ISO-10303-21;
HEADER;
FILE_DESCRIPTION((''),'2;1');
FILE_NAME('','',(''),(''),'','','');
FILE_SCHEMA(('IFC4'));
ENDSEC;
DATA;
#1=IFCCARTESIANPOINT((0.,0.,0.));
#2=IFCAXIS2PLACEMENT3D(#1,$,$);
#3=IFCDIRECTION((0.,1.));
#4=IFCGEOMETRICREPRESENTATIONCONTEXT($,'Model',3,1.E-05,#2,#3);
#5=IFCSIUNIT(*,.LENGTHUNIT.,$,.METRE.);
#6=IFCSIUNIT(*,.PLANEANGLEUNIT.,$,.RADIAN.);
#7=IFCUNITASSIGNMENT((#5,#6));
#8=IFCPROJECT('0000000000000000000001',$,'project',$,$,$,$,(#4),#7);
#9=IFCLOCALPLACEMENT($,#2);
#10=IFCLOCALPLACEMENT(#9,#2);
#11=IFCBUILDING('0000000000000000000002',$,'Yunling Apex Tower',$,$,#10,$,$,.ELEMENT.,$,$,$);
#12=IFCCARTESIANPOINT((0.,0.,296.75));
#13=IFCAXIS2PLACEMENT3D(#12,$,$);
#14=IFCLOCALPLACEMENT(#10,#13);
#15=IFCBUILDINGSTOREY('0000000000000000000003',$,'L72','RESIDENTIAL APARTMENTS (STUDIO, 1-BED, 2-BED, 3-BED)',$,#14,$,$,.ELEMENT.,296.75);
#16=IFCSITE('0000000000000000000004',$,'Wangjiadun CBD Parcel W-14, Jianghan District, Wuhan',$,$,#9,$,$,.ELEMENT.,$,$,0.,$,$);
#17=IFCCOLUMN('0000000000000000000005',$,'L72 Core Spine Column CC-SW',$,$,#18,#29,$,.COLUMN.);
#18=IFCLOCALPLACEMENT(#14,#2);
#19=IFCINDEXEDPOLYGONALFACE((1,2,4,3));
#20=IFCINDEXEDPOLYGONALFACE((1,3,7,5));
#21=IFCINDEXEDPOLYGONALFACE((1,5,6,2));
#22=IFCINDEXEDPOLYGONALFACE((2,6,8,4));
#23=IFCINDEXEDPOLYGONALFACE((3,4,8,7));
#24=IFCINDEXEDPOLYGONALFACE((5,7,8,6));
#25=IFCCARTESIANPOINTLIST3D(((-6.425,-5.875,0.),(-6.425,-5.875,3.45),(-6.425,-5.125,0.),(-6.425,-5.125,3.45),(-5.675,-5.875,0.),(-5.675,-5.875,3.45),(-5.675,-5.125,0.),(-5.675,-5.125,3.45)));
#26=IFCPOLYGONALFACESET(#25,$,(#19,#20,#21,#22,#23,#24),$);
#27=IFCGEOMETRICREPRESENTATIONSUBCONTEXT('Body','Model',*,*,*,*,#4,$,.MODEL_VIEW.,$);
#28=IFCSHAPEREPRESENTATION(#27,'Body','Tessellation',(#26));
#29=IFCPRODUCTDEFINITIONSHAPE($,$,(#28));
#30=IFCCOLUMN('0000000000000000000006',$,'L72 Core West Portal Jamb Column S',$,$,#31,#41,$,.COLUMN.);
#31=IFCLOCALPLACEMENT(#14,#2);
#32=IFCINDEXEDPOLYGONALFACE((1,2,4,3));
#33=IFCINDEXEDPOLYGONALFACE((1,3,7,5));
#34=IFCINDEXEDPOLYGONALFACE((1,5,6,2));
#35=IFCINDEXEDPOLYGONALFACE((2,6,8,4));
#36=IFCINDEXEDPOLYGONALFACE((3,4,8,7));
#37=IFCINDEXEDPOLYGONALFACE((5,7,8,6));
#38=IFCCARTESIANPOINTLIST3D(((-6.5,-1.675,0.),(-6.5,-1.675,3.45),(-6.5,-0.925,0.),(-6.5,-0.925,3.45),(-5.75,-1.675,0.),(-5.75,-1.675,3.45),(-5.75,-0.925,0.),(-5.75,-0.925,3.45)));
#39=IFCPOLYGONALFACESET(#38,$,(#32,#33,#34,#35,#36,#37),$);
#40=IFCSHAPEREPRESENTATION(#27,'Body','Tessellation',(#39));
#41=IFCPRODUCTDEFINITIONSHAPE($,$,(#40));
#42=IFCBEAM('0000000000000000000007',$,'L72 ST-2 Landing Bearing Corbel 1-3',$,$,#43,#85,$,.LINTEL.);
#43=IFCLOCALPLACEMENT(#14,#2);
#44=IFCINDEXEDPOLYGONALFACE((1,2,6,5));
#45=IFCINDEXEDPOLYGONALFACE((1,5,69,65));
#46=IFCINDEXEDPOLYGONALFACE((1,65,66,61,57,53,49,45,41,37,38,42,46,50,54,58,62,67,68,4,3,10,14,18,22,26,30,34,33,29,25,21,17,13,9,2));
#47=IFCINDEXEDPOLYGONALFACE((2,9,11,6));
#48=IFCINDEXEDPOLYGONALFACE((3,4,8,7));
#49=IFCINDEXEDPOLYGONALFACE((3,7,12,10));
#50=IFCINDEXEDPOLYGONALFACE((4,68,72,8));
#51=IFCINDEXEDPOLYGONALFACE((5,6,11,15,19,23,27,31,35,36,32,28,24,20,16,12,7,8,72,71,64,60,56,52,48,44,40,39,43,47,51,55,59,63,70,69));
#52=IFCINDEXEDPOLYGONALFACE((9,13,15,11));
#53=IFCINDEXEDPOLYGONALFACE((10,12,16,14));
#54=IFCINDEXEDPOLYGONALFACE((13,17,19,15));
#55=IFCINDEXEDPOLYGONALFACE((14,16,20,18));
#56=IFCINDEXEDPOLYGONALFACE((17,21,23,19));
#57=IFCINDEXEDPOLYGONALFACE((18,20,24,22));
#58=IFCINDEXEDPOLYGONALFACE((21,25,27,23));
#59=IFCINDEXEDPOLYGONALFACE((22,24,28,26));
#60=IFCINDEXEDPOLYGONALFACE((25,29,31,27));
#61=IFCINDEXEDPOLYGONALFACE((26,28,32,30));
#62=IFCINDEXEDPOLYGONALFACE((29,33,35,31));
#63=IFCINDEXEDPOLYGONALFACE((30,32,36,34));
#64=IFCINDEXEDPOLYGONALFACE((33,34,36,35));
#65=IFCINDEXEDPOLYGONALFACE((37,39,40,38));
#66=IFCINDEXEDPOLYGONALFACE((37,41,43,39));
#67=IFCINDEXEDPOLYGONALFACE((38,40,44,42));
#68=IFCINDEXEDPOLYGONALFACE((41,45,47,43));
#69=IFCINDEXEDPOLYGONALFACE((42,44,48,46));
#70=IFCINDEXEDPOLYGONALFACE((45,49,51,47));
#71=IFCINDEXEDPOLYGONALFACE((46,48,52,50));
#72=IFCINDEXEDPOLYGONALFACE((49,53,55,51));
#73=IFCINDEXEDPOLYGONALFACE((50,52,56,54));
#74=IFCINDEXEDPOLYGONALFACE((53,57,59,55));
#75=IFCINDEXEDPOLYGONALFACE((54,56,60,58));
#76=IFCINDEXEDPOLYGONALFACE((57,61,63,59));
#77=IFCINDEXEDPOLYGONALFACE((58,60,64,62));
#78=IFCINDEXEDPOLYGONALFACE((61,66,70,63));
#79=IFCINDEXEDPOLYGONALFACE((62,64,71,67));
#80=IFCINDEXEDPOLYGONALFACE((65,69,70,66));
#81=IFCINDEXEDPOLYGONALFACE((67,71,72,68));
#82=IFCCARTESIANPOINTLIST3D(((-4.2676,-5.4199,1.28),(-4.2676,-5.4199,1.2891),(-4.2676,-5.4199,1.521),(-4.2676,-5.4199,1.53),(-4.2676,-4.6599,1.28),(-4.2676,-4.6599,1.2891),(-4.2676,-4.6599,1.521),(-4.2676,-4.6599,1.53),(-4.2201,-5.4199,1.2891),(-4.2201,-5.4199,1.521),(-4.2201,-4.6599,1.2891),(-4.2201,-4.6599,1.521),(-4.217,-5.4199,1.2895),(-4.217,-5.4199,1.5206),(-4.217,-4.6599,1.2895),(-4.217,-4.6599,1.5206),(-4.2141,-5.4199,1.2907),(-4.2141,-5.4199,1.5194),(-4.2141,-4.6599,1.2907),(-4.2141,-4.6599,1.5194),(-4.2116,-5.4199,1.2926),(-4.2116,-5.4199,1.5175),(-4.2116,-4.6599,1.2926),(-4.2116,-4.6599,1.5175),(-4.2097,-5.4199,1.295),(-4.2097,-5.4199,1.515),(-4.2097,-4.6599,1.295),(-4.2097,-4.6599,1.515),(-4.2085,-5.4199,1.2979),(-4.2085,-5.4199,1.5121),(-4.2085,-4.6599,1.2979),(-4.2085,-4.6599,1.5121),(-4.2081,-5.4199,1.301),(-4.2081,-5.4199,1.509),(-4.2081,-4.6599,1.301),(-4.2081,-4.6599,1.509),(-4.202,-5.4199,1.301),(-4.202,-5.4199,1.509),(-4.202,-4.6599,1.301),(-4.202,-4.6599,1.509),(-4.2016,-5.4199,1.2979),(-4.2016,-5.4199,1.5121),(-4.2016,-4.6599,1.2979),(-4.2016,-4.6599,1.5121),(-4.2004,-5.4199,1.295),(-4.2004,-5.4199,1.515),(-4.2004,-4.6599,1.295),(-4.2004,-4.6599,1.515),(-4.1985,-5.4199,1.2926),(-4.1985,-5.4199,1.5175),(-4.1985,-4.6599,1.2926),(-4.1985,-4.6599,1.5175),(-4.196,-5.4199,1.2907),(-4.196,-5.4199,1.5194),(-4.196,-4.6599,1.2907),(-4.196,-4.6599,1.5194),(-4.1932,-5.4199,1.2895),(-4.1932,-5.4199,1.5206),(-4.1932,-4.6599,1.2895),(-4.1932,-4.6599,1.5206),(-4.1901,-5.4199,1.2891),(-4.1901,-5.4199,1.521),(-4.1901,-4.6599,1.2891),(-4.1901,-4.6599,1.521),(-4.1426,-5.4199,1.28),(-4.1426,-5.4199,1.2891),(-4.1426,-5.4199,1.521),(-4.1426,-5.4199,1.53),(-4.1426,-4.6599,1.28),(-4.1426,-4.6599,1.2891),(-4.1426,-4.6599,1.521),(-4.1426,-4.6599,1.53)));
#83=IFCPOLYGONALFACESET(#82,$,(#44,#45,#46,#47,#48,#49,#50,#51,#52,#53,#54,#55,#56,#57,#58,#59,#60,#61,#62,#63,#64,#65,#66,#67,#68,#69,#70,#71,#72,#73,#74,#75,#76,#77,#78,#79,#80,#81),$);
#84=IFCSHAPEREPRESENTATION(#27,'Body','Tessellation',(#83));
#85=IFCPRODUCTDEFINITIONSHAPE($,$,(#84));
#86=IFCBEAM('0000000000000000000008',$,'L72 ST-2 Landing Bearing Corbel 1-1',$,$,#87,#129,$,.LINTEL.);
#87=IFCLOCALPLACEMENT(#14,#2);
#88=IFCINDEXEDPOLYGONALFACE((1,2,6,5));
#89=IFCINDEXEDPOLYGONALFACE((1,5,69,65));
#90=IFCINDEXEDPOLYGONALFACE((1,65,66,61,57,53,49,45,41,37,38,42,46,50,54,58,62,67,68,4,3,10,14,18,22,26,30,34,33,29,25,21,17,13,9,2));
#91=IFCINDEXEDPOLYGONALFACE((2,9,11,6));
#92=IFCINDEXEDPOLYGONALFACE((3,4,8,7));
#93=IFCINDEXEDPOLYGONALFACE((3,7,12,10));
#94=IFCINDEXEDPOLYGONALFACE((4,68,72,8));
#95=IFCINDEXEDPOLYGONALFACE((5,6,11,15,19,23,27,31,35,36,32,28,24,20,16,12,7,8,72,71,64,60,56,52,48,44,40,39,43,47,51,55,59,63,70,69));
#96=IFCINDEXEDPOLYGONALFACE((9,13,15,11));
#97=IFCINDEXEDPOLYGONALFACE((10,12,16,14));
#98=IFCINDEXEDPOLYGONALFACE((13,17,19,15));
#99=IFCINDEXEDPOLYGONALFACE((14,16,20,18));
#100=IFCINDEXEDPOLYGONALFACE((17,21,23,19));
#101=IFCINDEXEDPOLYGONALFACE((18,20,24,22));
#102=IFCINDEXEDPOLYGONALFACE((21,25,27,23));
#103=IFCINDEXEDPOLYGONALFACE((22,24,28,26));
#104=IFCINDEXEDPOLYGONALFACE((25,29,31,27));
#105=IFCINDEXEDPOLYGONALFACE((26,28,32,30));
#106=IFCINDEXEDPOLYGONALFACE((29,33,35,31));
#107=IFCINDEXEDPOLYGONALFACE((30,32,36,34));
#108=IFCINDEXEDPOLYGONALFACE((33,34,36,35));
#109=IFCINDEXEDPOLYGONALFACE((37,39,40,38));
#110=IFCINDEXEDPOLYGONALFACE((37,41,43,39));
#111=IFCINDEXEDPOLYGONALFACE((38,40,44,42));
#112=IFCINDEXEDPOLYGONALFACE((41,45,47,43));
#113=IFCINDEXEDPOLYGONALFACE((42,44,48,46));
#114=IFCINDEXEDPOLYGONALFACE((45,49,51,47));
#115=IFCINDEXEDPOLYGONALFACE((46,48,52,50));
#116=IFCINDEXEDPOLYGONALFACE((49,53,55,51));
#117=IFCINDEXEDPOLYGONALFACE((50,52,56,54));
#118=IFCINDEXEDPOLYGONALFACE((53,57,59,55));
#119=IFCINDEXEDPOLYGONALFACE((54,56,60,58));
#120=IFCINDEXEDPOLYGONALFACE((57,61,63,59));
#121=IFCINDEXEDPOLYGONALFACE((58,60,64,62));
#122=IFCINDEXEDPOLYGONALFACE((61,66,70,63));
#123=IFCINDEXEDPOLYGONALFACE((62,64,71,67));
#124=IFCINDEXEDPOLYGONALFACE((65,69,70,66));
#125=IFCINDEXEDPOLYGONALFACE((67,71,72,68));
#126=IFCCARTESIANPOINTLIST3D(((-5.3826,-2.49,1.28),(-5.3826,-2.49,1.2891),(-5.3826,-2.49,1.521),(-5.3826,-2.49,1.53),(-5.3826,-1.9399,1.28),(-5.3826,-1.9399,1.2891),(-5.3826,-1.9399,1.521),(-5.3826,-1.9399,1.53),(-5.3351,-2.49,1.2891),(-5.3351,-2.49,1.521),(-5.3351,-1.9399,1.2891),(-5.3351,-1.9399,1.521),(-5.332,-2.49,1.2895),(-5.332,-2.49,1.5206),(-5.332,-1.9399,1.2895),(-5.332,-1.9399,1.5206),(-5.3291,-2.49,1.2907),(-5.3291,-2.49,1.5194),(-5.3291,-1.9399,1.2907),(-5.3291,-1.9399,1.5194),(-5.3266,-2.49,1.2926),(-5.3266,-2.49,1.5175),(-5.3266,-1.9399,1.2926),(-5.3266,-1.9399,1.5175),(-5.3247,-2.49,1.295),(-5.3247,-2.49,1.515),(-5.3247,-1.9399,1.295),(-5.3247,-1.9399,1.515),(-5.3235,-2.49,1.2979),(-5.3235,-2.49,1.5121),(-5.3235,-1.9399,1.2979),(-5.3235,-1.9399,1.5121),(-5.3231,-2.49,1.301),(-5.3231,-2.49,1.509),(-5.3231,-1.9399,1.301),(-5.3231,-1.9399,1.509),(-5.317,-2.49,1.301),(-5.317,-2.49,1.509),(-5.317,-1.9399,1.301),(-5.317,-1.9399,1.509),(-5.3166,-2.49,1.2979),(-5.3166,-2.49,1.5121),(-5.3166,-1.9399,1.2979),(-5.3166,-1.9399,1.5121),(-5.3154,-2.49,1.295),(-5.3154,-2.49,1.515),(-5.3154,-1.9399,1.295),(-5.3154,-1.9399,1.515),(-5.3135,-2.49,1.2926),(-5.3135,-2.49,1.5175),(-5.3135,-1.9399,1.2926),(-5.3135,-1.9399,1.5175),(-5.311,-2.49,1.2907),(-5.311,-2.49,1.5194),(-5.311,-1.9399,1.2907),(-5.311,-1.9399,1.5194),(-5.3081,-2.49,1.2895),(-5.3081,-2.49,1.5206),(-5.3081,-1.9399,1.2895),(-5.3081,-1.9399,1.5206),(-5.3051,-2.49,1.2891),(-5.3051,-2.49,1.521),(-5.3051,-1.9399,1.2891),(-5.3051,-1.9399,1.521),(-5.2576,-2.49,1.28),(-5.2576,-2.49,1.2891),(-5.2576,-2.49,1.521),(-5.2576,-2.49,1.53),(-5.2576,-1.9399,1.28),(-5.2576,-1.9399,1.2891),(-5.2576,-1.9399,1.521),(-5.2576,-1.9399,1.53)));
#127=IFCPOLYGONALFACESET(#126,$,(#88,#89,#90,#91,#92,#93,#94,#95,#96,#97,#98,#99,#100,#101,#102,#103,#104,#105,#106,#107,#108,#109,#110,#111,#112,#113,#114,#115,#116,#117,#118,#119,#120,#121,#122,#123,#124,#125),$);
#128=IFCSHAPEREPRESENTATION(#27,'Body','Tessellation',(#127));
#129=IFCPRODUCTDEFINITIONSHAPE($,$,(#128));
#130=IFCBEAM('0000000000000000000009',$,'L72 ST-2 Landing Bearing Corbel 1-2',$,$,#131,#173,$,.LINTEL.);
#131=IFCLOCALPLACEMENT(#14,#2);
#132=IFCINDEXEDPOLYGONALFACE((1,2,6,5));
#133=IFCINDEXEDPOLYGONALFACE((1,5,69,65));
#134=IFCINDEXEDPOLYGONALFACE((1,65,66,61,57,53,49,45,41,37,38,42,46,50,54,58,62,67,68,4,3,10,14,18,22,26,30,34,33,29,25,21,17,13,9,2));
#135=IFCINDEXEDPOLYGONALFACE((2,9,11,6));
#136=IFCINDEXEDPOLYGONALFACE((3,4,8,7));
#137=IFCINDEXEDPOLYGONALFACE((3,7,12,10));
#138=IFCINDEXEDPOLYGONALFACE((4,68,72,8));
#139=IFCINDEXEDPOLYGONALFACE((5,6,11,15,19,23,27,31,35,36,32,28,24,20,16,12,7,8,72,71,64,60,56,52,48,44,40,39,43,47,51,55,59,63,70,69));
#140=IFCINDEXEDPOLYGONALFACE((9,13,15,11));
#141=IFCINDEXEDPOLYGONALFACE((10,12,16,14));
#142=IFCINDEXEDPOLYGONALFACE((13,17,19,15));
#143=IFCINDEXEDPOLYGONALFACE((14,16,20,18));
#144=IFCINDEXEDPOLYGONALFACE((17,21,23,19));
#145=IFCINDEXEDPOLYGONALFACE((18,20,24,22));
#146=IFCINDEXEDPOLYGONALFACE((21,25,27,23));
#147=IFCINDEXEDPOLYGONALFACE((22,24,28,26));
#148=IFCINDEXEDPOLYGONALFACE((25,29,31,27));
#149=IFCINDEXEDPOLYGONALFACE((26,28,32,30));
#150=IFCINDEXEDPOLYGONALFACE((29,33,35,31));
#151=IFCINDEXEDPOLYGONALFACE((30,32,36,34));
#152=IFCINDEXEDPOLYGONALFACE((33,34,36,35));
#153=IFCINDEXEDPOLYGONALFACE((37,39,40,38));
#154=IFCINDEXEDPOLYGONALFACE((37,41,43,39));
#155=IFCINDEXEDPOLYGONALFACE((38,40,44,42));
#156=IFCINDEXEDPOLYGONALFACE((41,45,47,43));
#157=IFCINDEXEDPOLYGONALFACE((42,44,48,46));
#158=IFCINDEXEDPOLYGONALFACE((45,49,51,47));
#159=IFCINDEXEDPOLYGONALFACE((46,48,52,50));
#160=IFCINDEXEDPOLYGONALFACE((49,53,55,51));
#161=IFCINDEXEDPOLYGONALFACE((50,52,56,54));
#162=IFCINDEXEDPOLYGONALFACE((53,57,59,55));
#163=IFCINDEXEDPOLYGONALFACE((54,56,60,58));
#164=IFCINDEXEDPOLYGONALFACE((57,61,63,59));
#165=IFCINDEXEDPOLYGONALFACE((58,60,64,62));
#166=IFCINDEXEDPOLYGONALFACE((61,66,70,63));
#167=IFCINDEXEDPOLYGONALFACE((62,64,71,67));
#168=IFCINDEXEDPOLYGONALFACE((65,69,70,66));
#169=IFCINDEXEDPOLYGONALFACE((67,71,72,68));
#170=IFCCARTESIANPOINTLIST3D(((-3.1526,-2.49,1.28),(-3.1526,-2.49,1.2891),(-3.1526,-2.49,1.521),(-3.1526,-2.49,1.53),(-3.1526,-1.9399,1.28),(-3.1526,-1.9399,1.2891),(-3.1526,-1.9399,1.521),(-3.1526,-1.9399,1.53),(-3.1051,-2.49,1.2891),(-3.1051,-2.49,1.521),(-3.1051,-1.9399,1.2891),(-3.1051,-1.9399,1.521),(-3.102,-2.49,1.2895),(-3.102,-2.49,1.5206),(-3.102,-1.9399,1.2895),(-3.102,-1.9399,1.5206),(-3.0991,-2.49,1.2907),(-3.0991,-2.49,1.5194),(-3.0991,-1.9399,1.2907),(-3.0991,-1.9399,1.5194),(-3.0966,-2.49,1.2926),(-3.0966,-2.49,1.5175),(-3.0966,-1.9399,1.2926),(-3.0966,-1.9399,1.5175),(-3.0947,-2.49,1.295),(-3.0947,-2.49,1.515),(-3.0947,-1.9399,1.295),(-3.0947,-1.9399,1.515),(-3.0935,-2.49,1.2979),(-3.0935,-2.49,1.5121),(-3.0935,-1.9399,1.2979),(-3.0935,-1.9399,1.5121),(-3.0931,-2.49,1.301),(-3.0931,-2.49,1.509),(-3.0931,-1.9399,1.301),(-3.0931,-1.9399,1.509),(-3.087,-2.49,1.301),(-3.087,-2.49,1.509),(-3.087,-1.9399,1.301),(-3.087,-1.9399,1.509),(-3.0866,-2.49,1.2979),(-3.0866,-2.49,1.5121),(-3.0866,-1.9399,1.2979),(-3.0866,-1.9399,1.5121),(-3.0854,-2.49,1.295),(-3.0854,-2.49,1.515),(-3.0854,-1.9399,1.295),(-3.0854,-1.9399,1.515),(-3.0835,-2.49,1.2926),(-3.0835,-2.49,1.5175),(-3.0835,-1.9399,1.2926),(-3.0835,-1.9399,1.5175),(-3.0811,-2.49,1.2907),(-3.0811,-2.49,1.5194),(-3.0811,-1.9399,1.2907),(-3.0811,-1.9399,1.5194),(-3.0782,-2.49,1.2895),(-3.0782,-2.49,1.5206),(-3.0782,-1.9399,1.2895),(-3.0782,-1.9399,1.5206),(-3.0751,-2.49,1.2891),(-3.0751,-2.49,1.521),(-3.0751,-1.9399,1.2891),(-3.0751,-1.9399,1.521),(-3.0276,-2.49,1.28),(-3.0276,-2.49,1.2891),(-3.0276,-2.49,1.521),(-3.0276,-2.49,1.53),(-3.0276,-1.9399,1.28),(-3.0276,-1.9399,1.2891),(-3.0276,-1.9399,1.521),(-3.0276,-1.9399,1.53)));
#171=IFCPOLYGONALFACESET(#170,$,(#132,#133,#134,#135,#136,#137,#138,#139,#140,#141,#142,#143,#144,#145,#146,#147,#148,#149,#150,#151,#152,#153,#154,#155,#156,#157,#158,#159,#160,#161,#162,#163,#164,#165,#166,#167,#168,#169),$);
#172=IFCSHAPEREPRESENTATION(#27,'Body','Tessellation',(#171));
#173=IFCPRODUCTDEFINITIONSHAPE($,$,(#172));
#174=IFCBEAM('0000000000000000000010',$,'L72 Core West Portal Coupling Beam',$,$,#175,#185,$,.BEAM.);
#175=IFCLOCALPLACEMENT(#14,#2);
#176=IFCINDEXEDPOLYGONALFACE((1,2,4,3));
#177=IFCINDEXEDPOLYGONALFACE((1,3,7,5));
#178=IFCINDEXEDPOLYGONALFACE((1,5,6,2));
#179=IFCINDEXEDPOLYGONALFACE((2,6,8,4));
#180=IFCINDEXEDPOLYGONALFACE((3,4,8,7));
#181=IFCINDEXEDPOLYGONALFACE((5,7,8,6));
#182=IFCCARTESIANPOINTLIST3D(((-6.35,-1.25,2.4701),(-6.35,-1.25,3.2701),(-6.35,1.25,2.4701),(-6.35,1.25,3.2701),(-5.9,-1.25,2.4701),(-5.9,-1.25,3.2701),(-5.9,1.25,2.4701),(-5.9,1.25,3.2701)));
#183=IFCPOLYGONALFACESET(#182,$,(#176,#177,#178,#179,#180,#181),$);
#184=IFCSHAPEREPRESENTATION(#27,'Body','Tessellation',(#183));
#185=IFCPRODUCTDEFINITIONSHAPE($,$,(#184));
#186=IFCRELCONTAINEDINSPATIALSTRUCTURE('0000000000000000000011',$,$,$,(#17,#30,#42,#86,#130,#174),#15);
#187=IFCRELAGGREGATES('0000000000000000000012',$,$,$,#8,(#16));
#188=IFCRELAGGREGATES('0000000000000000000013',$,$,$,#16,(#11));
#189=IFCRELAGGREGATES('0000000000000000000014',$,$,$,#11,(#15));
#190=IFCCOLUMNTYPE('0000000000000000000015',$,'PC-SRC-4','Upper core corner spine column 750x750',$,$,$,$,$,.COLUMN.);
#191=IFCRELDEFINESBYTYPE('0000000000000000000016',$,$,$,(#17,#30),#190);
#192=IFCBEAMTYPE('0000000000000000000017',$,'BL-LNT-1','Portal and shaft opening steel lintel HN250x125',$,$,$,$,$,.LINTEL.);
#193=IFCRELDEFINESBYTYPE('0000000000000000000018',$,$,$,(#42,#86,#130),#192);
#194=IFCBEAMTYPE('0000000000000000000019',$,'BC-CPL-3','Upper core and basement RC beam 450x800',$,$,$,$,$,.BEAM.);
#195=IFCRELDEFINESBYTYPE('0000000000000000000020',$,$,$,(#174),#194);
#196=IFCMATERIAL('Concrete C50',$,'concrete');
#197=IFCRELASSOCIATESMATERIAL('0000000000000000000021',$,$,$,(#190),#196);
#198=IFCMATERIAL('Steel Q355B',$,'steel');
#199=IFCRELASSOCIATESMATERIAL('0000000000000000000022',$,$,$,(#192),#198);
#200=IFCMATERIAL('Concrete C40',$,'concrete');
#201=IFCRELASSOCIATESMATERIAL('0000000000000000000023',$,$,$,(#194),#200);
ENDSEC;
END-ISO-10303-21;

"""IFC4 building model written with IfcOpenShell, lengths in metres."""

from ifc_helpers import new_model, si_unit, direction, frame, origin, origin_2d, place, context, subcontext, project, spatial, rectangle, i_section, extrude, source, transform, mapped, material, material_profile, profile_set, type_object, element, save


model = new_model("IFC4")

# Units and contexts
model_context = context("Model", 3, precision=1e-05, world=origin(), true_north=direction((0.0, 1.0)))
body_context = subcontext(model_context, "Body", "Model", "MODEL_VIEW")
ifc_project = project(units=[si_unit("LENGTHUNIT", "METRE"), si_unit("PLANEANGLEUNIT", "RADIAN")], contexts=[model_context])

# Site, building, storey
site_placement = place(None, origin())
site = spatial("IfcSite", under=ifc_project, at=site_placement, Name="Wangjiadun CBD Parcel W-14, Jianghan District, Wuhan", CompositionType="ELEMENT", RefElevation=0.0)
building_placement = place(site_placement, origin())
building = spatial("IfcBuilding", under=site, at=building_placement, Name="Yunling Apex Tower", CompositionType="ELEMENT")
storey_placement = place(building_placement, frame((0.0, 0.0, 296.75)))
storey = spatial("IfcBuildingStorey", under=building, at=storey_placement, Name="L72", Description="RESIDENTIAL APARTMENTS (STUDIO, 1-BED, 2-BED, 3-BED)", CompositionType="ELEMENT", Elevation=296.75)

# Columns
ifc_material_1 = material(Name="Concrete C50", Category="concrete")
ifc_material_profile_1 = material_profile(ifc_material_1, rectangle(XDim=0.75, YDim=0.75, at=origin_2d()))
ifc_profile_set_1 = profile_set([ifc_material_profile_1], Name="Concrete C50")
column_type = type_object("IfcColumnType", Name="PC-SRC-4", Description="Upper core corner spine column 750x750", PredefinedType="COLUMN", material=ifc_profile_set_1)
shared_shape_1 = source(origin(), body_context, "Body", "SweptSolid", [
    extrude(rectangle(XDim=0.75, YDim=0.75, at=origin_2d()), origin(), (0.0, 0.0, 1.0), 3.45),
])
for number, where, z_axis, x_axis, name in (
    (1, (-6.05, -5.5, 0.0), (0.0, 0.0, 1.0), (1.0, 0.0, 0.0), "L72 Core Spine Column CC-SW"),
    (2, (-6.125, -1.3, 0.0), (0.0, 0.0, 1.0), (1.0, 0.0, 0.0), "L72 Core West Portal Jamb Column S"),
):
    element("IfcColumn", number, at=place(storey_placement, frame(where, z_axis=z_axis, x_axis=x_axis)), inside=storey, type_object=column_type, Name=name, PredefinedType="COLUMN", context=body_context, shape_type="MappedRepresentation", body=[
        mapped(shared_shape_1, transform((0.0, 0.0, 0.0), scale=1.0)),
    ])

# Beams
ifc_material_2 = material(Name="Steel Q355B", Category="steel")
ifc_material_profile_2 = material_profile(ifc_material_2, i_section(OverallWidth=0.125, OverallDepth=0.25, WebThickness=0.0061, FlangeThickness=0.009, FilletRadius=0.012, at=origin_2d()))
ifc_profile_set_2 = profile_set([ifc_material_profile_2], Name="Steel Q355B")
beam_type_1 = type_object("IfcBeamType", Name="BL-LNT-1", Description="Portal and shaft opening steel lintel HN250x125", PredefinedType="LINTEL", material=ifc_profile_set_2)
shared_shape_2 = source(origin(), body_context, "Body", "SweptSolid", [
    extrude(i_section(OverallWidth=0.125, OverallDepth=0.25, WebThickness=0.0061, FlangeThickness=0.009, FilletRadius=0.012, at=origin_2d()), origin(), (0.0, 0.0, 1.0), 0.76),
])
beam_1_placement = place(storey_placement, frame((-4.2051, -5.4199, 1.405), z_axis=(0.0, 1.0, 0.0), x_axis=(-1.0, 0.0, 0.0)))
element("IfcBeam", 3, at=beam_1_placement, inside=storey, type_object=beam_type_1, Name="L72 ST-2 Landing Bearing Corbel 1-3", PredefinedType="LINTEL", context=body_context, shape_type="MappedRepresentation", body=[
    mapped(shared_shape_2, transform((0.0, 0.0, 0.0), scale=1.0)),
])
shared_shape_3 = source(origin(), body_context, "Body", "SweptSolid", [
    extrude(i_section(OverallWidth=0.125, OverallDepth=0.25, WebThickness=0.0061, FlangeThickness=0.009, FilletRadius=0.012, at=origin_2d()), origin(), (0.0, 0.0, 1.0), 0.55),
])
for number, where, z_axis, x_axis, name in (
    (4, (-5.3201, -1.9399, 1.405), (0.0, -1.0, 0.0), (1.0, 0.0, 0.0), "L72 ST-2 Landing Bearing Corbel 1-1"),
    (5, (-3.0901, -1.9399, 1.405), (0.0, -1.0, 0.0), (1.0, 0.0, 0.0), "L72 ST-2 Landing Bearing Corbel 1-2"),
):
    element("IfcBeam", number, at=place(storey_placement, frame(where, z_axis=z_axis, x_axis=x_axis)), inside=storey, type_object=beam_type_1, Name=name, PredefinedType="LINTEL", context=body_context, shape_type="MappedRepresentation", body=[
        mapped(shared_shape_3, transform((0.0, 0.0, 0.0), scale=1.0)),
    ])
ifc_material_3 = material(Name="Concrete C40", Category="concrete")
ifc_material_profile_3 = material_profile(ifc_material_3, rectangle(XDim=0.45, YDim=0.8, at=origin_2d()))
ifc_profile_set_3 = profile_set([ifc_material_profile_3], Name="Concrete C40")
beam_type_2 = type_object("IfcBeamType", Name="BC-CPL-3", Description="Upper core and basement RC beam 450x800", PredefinedType="BEAM", material=ifc_profile_set_3)
shared_shape_4 = source(origin(), body_context, "Body", "SweptSolid", [
    extrude(rectangle(XDim=0.45, YDim=0.8, at=origin_2d()), origin(), (0.0, 0.0, 1.0), 2.5),
])
beam_2_placement = place(storey_placement, frame((-6.125, -1.25, 2.8701), z_axis=(0.0, 1.0, 0.0), x_axis=(-1.0, 0.0, 0.0)))
element("IfcBeam", 6, at=beam_2_placement, inside=storey, type_object=beam_type_2, Name="L72 Core West Portal Coupling Beam", PredefinedType="BEAM", context=body_context, shape_type="MappedRepresentation", body=[
    mapped(shared_shape_4, transform((0.0, 0.0, 0.0), scale=1.0)),
])

save(model, "model.ifc")
